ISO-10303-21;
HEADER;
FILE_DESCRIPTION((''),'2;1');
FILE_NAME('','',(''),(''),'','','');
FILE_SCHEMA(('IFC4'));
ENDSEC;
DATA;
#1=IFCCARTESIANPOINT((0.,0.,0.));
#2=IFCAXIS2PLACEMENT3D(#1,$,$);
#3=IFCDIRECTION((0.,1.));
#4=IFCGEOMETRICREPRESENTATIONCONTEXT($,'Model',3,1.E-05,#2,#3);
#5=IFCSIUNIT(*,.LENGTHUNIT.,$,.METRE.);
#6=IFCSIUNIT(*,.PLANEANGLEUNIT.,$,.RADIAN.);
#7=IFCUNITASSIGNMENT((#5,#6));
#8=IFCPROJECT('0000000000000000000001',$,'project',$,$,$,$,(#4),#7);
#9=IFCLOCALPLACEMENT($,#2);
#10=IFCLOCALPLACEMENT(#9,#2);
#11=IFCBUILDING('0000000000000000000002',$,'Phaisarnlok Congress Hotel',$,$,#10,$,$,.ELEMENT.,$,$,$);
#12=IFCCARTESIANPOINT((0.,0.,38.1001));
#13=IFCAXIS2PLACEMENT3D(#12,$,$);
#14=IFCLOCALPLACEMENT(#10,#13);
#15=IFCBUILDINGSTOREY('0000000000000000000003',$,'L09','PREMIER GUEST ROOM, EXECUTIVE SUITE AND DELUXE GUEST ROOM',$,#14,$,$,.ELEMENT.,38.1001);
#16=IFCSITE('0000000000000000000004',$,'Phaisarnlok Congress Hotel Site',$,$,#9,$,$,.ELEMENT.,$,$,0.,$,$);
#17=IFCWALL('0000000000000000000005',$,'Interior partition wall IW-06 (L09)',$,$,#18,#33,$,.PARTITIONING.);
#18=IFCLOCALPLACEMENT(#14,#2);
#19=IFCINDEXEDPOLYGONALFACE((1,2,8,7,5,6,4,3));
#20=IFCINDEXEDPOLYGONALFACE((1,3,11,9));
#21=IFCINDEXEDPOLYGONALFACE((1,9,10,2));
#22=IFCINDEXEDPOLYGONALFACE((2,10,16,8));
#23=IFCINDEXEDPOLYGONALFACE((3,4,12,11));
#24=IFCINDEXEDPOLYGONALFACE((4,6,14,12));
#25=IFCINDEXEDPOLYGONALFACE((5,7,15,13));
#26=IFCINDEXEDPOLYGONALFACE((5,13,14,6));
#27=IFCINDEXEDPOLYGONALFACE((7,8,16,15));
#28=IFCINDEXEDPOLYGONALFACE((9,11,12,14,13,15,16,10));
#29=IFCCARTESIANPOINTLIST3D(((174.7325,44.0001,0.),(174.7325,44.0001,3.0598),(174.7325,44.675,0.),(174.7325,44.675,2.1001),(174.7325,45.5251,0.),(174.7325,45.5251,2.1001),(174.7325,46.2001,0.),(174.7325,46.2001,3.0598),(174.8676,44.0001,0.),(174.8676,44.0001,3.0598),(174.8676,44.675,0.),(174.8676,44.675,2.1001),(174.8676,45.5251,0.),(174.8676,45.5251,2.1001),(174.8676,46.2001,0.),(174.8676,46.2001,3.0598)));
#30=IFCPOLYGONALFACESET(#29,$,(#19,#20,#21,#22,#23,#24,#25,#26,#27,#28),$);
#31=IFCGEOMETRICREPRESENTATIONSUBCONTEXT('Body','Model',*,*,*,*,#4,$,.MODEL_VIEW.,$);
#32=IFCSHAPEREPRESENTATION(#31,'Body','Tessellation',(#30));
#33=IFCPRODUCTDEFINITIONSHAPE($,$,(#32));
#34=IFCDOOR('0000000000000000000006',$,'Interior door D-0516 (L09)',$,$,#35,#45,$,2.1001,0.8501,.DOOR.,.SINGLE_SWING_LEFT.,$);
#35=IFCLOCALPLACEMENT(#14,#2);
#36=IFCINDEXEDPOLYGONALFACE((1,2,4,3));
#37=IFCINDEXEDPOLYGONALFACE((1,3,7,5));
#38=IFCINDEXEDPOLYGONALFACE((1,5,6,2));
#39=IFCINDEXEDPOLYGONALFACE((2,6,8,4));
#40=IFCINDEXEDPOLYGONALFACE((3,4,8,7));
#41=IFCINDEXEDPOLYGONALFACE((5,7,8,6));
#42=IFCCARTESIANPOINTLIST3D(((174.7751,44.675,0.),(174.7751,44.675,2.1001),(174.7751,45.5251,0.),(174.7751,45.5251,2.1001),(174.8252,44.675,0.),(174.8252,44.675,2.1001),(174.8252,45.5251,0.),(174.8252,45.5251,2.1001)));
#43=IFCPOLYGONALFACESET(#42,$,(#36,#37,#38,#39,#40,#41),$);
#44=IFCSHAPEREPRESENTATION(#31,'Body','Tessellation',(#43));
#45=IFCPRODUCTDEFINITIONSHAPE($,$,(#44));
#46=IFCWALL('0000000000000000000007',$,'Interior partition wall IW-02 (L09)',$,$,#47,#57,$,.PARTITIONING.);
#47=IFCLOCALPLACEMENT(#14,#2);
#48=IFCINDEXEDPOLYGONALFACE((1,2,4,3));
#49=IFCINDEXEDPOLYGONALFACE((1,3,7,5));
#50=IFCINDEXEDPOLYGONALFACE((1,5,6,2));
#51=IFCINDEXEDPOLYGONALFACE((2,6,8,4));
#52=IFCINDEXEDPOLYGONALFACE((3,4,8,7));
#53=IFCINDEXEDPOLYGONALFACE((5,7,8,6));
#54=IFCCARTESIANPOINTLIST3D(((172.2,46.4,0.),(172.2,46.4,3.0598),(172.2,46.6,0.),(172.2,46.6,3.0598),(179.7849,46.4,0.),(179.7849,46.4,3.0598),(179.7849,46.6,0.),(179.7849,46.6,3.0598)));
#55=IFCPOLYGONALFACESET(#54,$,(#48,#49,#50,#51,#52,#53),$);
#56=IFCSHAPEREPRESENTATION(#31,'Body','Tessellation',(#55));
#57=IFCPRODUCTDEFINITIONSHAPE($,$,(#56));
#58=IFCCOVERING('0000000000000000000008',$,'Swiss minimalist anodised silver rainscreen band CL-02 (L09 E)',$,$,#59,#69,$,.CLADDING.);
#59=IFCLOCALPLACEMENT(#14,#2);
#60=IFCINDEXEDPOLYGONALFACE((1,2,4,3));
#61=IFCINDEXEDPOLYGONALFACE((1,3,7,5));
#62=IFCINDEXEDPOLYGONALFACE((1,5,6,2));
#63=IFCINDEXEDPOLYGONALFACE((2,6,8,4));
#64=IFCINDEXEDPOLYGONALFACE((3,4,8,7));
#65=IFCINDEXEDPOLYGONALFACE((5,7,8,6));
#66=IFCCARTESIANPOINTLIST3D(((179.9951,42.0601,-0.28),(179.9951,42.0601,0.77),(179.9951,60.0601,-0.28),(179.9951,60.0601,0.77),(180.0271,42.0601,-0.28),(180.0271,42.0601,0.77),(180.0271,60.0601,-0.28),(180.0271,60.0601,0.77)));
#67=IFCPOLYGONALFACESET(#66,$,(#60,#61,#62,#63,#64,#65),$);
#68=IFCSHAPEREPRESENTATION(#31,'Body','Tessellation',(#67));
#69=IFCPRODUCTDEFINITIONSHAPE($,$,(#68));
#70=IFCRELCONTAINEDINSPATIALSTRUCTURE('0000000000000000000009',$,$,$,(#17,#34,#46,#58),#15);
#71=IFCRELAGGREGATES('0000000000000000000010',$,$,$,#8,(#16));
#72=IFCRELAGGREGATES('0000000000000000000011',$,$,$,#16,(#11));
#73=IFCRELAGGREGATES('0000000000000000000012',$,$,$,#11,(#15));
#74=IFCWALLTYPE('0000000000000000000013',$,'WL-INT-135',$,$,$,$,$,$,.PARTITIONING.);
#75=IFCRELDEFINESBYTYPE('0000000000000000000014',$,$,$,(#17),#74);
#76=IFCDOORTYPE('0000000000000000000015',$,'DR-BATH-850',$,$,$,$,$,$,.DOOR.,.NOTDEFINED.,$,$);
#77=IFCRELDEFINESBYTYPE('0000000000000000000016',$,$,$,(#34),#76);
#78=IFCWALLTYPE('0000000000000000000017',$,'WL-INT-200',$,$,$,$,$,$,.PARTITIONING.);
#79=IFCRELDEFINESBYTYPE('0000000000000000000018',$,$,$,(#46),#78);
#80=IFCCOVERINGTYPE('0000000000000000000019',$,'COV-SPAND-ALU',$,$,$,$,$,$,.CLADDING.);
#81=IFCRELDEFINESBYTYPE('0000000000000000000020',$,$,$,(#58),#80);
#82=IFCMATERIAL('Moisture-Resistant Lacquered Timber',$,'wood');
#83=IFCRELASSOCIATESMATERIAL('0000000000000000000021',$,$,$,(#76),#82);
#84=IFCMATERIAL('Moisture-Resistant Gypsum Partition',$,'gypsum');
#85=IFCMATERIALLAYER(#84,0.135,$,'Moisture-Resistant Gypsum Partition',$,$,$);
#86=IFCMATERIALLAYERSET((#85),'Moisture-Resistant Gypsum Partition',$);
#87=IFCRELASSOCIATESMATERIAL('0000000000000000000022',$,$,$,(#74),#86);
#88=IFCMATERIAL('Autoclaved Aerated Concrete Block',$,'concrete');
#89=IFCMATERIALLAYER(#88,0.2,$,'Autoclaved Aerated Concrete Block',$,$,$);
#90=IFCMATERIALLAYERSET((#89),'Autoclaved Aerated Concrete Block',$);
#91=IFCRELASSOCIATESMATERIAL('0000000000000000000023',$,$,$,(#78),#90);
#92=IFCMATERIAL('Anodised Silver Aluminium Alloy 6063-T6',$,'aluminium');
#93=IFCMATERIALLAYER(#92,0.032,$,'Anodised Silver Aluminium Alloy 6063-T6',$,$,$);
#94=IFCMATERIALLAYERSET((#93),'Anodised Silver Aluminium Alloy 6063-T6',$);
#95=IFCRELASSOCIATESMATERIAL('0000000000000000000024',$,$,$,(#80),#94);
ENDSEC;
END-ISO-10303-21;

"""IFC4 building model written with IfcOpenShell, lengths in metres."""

from ifc_helpers import new_model, si_unit, direction, frame, frame_2d, origin, place, context, subcontext, project, spatial, polyline, rectangle, outline, extrude, material, layer, layer_set, type_object, element, fill, save


model = new_model("IFC4")

# Units and contexts
model_context = context("Model", 3, precision=1e-05, world=origin(), true_north=direction((0.0, 1.0)))
body_context = subcontext(model_context, "Body", "Model", "MODEL_VIEW")
ifc_project = project(units=[si_unit("LENGTHUNIT", "METRE"), si_unit("PLANEANGLEUNIT", "RADIAN")], contexts=[model_context])

# Site, building, storey
site_placement = place(None, origin())
site = spatial("IfcSite", under=ifc_project, at=site_placement, Name="Phaisarnlok Congress Hotel Site", CompositionType="ELEMENT", RefElevation=0.0)
building_placement = place(site_placement, origin())
building = spatial("IfcBuilding", under=site, at=building_placement, Name="Phaisarnlok Congress Hotel", CompositionType="ELEMENT")
storey_placement = place(building_placement, frame((0.0, 0.0, 38.1001)))
storey = spatial("IfcBuildingStorey", under=building, at=storey_placement, Name="L09", Description="PREMIER GUEST ROOM, EXECUTIVE SUITE AND DELUXE GUEST ROOM", CompositionType="ELEMENT", Elevation=38.1001)

# Shared definitions
ifc_material_1 = material(Name="Moisture-Resistant Lacquered Timber", Category="wood")
door_type = type_object("IfcDoorType", Name="DR-BATH-850", OperationType="NOTDEFINED", PredefinedType="DOOR", material=ifc_material_1)

# Wall, opening, door
ifc_material_2 = material(Name="Moisture-Resistant Gypsum Partition", Category="gypsum")
ifc_layer_1 = layer(ifc_material_2, 0.135, Name="Moisture-Resistant Gypsum Partition")
ifc_layer_set_1 = layer_set([ifc_layer_1], Name="Moisture-Resistant Gypsum Partition")
wall_type_1 = type_object("IfcWallType", Name="WL-INT-135", PredefinedType="PARTITIONING", material=ifc_layer_set_1)
wall_1_placement = place(storey_placement, frame((174.8, 44.0, 0.0), z_axis=(0.0, 0.0, 1.0), x_axis=(0.0, 1.0, 0.0)))
wall_1 = element("IfcWall", 1, at=wall_1_placement, inside=storey, type_object=wall_type_1, Name="Interior partition wall IW-06 (L09)", PredefinedType="PARTITIONING", context=body_context, shape_type="SweptSolid", body=[
    extrude(rectangle(XDim=2.2, YDim=0.135, at=frame_2d((1.1001, 0.0))), origin(), (0.0, 0.0, 1.0), 3.0598),
])
opening_1_placement = place(wall_1_placement, frame((0.675, 0.0, 0.0)))
opening_1 = element("IfcOpeningElement", 2, at=opening_1_placement, cuts=wall_1, PredefinedType="OPENING", context=body_context, shape_type="SweptSolid", body=[
    extrude(rectangle(XDim=0.8501, YDim=2.1001, at=frame_2d((0.425, 1.05))), frame((0.0, 0.0776, 0.0), z_axis=(0.0, -1.0, 0.0), x_axis=(1.0, 0.0, 0.0)), (0.0, 0.0, 1.0), 0.155),
])
door_1_placement = place(opening_1_placement, origin())
door_1 = element("IfcDoor", 3, at=door_1_placement, inside=storey, type_object=door_type, Name="Interior door D-0516 (L09)", OperationType="SINGLE_SWING_LEFT", OverallHeight=2.1001, OverallWidth=0.8501, PredefinedType="DOOR", context=body_context, shape_type="SweptSolid", body=[
    extrude(rectangle(XDim=0.8501, YDim=2.1001, at=frame_2d((0.425, 1.05))), frame((0.0, 0.0249, 0.0), z_axis=(0.0, -1.0, 0.0), x_axis=(1.0, 0.0, 0.0)), (0.0, 0.0, 1.0), 0.05),
])
fill(opening_1, door_1)

# Wall
ifc_material_3 = material(Name="Autoclaved Aerated Concrete Block", Category="concrete")
ifc_layer_2 = layer(ifc_material_3, 0.2, Name="Autoclaved Aerated Concrete Block")
ifc_layer_set_2 = layer_set([ifc_layer_2], Name="Autoclaved Aerated Concrete Block")
wall_type_2 = type_object("IfcWallType", Name="WL-INT-200", PredefinedType="PARTITIONING", material=ifc_layer_set_2)
wall_2_placement = place(storey_placement, frame((172.2, 46.5, 0.0), z_axis=(0.0, 0.0, 1.0), x_axis=(1.0, 0.0, 0.0)))
element("IfcWall", 4, at=wall_2_placement, inside=storey, type_object=wall_type_2, Name="Interior partition wall IW-02 (L09)", PredefinedType="PARTITIONING", context=body_context, shape_type="SweptSolid", body=[
    extrude(rectangle(XDim=7.585, YDim=0.2, at=frame_2d((3.7925, 0.0))), origin(), (0.0, 0.0, 1.0), 3.0598),
])

# Covering
ifc_material_4 = material(Name="Anodised Silver Aluminium Alloy 6063-T6", Category="aluminium")
ifc_layer_3 = layer(ifc_material_4, 0.032, Name="Anodised Silver Aluminium Alloy 6063-T6")
ifc_layer_set_3 = layer_set([ifc_layer_3], Name="Anodised Silver Aluminium Alloy 6063-T6")
covering_type = type_object("IfcCoveringType", Name="COV-SPAND-ALU", PredefinedType="CLADDING", material=ifc_layer_set_3)
covering_placement = place(storey_placement, frame((179.9951, 42.0601, -0.28), z_axis=(1.0, 0.0, 0.0), x_axis=(0.0, 1.0, 0.0)))
element("IfcCovering", 5, at=covering_placement, inside=storey, type_object=covering_type, Name="Swiss minimalist anodised silver rainscreen band CL-02 (L09 E)", PredefinedType="CLADDING", context=body_context, shape_type="SweptSolid", body=[
    extrude(outline(polyline([(0.0, 0.0), (18.0, 0.0), (18.0, 1.05), (0.0, 1.05), (0.0, 0.0)])), origin(), (0.0, 0.0, 1.0), 0.032),
])

save(model, "model.ifc")
